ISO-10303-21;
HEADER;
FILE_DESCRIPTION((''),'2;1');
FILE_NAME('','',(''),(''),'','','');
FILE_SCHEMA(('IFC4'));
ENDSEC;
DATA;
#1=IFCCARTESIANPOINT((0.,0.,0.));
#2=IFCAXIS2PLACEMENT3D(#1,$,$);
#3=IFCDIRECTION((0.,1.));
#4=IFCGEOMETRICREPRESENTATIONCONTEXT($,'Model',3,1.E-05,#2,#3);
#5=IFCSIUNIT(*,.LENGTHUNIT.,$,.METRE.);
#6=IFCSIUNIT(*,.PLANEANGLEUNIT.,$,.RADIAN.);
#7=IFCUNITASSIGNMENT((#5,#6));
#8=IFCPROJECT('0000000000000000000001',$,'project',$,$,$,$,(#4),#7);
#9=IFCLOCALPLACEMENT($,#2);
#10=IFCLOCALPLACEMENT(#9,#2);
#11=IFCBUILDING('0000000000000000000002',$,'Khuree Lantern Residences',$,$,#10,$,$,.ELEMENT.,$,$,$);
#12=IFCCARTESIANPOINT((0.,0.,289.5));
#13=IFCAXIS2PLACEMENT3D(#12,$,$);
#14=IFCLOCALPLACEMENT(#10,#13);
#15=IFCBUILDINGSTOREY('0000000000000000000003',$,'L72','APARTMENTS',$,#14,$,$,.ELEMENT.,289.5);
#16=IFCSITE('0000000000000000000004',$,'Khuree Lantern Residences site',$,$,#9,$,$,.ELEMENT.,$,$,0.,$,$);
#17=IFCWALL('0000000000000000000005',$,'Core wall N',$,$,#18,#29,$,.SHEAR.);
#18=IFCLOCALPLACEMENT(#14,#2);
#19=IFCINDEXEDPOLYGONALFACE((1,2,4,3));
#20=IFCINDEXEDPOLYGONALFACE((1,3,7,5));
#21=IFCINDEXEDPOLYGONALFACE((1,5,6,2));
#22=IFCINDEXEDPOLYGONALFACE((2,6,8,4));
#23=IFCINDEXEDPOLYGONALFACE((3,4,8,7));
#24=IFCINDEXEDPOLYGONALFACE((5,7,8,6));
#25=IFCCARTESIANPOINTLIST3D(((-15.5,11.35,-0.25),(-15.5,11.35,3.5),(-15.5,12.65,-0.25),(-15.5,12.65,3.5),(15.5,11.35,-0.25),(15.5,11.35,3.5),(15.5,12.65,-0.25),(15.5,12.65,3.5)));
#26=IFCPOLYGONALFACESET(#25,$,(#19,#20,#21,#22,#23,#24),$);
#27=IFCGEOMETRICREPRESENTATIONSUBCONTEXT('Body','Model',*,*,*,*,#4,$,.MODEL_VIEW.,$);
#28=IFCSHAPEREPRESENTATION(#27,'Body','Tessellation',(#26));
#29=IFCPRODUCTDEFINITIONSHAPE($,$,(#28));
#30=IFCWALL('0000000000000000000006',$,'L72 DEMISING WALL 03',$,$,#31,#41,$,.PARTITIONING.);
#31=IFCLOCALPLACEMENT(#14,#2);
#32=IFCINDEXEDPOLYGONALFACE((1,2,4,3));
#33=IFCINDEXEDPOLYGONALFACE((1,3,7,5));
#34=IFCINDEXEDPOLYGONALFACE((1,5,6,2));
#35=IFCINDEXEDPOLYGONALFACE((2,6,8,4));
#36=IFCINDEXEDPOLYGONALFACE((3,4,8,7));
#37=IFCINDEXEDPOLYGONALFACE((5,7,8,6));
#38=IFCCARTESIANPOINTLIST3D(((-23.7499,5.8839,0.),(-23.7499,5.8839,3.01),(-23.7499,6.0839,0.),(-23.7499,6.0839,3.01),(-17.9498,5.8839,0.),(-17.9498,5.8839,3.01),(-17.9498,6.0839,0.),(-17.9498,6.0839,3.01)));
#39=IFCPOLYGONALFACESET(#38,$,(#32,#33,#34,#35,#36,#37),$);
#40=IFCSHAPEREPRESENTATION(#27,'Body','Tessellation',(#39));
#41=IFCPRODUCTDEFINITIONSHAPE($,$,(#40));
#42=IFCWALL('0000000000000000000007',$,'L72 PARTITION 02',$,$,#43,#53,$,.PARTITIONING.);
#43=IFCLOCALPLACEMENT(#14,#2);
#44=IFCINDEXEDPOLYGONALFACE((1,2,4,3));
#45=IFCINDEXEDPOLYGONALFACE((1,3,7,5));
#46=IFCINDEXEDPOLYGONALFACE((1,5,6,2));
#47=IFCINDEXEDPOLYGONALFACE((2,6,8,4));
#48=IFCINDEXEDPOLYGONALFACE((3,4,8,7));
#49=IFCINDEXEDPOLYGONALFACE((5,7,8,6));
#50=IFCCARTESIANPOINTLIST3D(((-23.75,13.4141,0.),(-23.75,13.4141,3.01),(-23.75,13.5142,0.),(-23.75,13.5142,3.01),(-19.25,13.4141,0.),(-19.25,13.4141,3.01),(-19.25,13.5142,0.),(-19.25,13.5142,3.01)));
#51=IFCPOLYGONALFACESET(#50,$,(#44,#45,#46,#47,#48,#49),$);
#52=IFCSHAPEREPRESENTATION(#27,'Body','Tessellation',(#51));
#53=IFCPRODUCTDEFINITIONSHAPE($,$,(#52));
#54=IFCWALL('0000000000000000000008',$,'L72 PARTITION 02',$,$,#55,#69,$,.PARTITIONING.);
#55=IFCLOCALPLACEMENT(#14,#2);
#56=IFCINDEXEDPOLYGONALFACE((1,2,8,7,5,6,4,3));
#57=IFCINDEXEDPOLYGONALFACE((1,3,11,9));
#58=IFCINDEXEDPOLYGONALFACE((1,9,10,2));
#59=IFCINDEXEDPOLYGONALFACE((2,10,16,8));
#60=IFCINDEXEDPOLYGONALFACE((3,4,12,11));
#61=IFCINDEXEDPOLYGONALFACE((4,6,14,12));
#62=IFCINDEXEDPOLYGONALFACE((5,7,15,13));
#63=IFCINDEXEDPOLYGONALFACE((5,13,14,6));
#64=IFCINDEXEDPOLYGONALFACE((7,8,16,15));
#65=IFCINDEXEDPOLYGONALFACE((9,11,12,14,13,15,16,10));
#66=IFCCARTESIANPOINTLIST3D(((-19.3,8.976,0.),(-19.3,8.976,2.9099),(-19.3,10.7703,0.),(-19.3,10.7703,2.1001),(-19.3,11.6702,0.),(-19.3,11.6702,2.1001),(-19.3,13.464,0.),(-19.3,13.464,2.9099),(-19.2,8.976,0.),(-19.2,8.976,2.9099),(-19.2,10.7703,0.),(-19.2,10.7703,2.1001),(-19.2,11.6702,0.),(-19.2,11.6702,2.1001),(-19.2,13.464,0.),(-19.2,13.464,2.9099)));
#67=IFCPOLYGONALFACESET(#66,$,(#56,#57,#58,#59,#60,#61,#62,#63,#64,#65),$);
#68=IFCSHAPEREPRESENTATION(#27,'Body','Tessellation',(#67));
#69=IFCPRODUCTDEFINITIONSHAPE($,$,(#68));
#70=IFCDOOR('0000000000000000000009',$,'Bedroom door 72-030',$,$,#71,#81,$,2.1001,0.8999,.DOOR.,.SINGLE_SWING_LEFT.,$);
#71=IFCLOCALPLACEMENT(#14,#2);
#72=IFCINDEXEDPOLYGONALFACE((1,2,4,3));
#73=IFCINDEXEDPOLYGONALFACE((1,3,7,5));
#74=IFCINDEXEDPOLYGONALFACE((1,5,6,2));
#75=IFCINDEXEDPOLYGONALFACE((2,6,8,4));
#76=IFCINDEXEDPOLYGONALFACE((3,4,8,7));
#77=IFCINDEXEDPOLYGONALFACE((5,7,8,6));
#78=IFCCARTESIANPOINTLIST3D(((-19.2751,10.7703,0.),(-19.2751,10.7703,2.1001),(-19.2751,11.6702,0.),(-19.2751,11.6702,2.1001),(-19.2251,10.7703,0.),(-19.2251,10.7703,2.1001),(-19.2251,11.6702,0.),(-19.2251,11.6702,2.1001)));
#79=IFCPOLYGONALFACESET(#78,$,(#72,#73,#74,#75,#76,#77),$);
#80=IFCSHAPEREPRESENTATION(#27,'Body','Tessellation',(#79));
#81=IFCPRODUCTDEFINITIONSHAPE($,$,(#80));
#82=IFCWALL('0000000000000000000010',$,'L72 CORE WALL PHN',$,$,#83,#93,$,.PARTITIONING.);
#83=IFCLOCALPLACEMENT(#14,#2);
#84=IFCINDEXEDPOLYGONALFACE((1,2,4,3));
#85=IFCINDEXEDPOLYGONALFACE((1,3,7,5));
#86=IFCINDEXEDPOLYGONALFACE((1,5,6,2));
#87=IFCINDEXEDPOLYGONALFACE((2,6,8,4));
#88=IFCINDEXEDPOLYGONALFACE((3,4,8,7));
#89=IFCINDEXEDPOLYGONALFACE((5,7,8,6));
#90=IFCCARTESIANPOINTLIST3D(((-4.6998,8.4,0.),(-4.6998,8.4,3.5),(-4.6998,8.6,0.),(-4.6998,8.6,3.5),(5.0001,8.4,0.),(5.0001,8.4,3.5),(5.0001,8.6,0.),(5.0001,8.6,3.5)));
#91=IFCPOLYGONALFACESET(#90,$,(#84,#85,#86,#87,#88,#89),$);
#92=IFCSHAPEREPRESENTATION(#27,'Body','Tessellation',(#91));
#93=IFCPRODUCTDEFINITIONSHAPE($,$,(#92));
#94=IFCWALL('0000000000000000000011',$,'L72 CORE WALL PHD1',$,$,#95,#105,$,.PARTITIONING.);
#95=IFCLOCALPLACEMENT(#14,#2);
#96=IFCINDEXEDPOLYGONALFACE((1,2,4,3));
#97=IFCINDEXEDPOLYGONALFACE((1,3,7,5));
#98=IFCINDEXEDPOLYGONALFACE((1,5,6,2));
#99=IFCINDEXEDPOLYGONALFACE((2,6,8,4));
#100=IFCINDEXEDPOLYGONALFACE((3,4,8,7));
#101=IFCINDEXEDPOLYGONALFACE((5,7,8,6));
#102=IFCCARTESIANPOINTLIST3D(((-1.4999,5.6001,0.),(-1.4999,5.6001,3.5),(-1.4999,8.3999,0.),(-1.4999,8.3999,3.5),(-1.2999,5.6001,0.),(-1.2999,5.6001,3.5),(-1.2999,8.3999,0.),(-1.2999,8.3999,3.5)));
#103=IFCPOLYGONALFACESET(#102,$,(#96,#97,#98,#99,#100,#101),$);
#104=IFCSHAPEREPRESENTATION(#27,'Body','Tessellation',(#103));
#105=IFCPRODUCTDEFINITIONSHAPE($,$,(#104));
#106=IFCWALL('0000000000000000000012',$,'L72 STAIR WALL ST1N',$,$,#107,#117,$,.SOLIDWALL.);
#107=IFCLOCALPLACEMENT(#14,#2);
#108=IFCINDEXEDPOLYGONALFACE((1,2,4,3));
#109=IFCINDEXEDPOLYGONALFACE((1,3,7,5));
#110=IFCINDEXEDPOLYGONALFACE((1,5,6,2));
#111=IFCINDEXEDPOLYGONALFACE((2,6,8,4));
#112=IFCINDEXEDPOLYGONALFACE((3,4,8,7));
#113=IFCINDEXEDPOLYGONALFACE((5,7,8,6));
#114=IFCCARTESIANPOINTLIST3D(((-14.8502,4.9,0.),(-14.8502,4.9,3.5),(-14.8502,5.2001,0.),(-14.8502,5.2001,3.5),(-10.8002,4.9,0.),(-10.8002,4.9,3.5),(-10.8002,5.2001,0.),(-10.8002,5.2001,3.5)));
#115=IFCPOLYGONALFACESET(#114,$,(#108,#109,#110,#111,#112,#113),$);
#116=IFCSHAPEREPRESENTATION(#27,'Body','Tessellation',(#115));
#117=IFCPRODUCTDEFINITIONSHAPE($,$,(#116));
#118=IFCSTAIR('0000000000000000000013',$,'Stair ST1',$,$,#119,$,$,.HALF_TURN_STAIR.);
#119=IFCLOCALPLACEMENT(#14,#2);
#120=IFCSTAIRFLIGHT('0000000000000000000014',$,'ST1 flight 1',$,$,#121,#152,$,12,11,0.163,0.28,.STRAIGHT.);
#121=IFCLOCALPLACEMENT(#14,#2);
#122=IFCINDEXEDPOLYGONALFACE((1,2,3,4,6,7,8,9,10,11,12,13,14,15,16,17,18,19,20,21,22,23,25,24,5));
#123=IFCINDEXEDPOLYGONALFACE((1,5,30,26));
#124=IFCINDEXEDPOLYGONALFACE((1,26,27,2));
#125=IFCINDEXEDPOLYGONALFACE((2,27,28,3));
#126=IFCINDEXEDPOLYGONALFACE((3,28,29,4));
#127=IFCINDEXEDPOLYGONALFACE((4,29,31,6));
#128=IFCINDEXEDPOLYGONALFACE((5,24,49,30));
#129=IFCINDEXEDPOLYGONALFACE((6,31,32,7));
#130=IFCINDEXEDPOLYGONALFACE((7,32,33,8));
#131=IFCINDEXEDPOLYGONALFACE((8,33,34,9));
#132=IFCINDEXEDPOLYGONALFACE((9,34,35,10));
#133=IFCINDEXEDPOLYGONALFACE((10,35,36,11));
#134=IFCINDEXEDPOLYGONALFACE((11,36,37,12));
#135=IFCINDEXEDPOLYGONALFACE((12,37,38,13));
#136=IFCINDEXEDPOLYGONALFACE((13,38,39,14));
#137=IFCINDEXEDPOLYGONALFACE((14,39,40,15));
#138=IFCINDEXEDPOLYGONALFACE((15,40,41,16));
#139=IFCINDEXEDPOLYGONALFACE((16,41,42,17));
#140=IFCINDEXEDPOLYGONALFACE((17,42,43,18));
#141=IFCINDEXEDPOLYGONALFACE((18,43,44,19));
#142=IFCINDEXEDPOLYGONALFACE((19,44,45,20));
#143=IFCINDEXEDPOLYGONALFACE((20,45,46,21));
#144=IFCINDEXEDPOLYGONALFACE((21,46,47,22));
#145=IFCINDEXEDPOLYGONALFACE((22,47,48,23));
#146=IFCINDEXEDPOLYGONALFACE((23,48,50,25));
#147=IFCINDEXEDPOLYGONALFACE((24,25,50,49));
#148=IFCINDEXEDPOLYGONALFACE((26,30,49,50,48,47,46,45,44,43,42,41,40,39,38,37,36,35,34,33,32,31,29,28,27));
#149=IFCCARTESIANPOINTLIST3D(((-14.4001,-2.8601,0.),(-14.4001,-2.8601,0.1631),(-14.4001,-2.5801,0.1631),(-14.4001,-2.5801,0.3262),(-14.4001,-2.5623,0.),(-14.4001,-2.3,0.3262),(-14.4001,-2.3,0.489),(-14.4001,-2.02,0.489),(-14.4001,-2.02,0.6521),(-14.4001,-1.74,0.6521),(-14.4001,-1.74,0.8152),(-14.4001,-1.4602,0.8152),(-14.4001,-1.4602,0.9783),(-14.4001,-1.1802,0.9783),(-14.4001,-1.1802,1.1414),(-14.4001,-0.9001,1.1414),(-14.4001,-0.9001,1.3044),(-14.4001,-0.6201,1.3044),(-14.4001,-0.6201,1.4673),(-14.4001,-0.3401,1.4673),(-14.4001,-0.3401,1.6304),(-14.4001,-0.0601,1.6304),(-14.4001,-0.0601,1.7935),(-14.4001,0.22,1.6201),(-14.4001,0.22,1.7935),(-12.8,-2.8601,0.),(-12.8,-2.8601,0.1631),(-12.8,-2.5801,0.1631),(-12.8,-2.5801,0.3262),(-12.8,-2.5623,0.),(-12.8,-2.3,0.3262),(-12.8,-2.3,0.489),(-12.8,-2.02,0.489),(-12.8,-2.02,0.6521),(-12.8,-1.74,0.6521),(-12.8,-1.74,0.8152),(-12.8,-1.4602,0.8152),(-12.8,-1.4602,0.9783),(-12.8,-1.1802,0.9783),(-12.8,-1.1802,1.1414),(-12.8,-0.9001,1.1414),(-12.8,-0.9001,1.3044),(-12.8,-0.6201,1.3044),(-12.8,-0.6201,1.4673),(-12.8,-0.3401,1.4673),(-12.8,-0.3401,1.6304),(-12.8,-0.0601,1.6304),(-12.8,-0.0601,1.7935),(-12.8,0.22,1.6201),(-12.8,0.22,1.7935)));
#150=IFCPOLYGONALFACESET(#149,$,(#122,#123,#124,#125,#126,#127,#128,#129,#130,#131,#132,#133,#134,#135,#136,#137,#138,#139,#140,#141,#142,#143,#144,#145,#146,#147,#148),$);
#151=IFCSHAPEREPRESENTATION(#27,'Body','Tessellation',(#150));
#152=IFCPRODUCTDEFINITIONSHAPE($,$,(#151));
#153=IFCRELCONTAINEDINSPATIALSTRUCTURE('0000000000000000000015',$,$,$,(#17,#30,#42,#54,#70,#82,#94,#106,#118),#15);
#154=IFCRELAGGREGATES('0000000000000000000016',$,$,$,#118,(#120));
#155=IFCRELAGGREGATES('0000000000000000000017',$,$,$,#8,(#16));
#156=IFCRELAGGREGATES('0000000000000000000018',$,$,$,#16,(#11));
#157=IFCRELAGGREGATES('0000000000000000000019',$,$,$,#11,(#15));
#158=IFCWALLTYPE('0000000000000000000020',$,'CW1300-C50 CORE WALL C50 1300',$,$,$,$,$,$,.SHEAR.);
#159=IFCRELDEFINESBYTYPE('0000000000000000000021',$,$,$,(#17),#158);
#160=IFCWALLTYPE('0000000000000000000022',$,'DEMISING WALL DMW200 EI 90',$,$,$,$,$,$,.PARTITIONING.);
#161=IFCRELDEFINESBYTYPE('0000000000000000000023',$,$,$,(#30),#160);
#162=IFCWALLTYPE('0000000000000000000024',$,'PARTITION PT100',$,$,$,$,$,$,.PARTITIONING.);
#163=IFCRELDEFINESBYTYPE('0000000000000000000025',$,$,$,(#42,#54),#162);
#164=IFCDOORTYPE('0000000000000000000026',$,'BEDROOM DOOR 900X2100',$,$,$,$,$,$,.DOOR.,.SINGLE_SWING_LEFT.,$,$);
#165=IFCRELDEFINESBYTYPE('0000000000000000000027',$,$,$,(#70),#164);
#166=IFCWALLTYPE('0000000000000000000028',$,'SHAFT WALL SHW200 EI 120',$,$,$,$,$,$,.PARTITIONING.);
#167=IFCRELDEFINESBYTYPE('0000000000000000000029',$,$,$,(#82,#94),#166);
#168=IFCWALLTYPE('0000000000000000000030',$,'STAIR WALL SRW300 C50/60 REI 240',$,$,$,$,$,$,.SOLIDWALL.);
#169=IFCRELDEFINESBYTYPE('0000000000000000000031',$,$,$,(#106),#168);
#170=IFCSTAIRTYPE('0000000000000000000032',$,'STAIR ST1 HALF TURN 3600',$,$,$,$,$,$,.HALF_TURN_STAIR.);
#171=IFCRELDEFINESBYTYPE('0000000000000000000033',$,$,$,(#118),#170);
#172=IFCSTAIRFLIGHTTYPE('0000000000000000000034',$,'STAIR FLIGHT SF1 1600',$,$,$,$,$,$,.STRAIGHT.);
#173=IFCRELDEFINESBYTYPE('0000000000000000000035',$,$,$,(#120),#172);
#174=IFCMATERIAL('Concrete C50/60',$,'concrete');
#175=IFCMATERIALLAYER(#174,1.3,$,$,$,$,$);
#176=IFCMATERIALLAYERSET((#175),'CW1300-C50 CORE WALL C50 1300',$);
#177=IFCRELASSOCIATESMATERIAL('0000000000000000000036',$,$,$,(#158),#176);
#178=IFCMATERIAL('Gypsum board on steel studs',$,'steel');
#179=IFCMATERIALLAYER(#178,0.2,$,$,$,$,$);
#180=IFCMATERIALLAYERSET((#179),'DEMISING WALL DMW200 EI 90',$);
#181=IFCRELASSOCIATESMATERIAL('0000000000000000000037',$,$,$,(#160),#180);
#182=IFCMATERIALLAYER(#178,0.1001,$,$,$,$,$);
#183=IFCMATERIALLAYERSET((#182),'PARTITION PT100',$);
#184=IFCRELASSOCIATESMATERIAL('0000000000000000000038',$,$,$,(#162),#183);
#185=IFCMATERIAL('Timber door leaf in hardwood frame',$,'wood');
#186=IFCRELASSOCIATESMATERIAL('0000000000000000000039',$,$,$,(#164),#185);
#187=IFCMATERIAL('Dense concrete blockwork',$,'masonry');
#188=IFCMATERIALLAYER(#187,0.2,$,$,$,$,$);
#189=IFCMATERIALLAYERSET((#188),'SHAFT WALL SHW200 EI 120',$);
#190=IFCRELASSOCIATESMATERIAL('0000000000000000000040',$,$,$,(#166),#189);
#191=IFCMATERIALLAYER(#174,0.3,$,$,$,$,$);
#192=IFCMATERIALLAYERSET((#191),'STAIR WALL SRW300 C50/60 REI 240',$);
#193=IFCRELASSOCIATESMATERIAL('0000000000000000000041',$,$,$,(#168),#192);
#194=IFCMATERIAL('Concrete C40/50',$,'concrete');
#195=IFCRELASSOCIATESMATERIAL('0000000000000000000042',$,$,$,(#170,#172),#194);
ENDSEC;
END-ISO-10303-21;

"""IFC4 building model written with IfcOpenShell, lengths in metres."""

from ifc_helpers import new_model, si_unit, direction, frame, frame_2d, origin, place, context, subcontext, project, spatial, polyline, rectangle, outline, extrude, material, layer, layer_set, type_object, element, fill, aggregate, save


model = new_model("IFC4")

# Units and contexts
model_context = context("Model", 3, precision=1e-05, world=origin(), true_north=direction((0.0, 1.0)))
body_context = subcontext(model_context, "Body", "Model", "MODEL_VIEW")
ifc_project = project(units=[si_unit("LENGTHUNIT", "METRE"), si_unit("PLANEANGLEUNIT", "RADIAN")], contexts=[model_context])

# Site, building, storey
site_placement = place(None, origin())
site = spatial("IfcSite", under=ifc_project, at=site_placement, Name="Khuree Lantern Residences site", CompositionType="ELEMENT", RefElevation=0.0)
building_placement = place(site_placement, origin())
building = spatial("IfcBuilding", under=site, at=building_placement, Name="Khuree Lantern Residences", CompositionType="ELEMENT")
storey_placement = place(building_placement, frame((0.0, 0.0, 289.5)))
storey = spatial("IfcBuildingStorey", under=building, at=storey_placement, Name="L72", Description="APARTMENTS", CompositionType="ELEMENT", Elevation=289.5)

# Shared definitions
ifc_material_1 = material(Name="Concrete C50/60", Category="concrete")

# Shared definitions
ifc_material_2 = material(Name="Dense concrete blockwork", Category="masonry")

# Shared definitions
ifc_material_3 = material(Name="Timber door leaf in hardwood frame", Category="wood")

# Shared definitions
ifc_material_4 = material(Name="Gypsum board on steel studs", Category="steel")

# Walls
ifc_layer_1 = layer(ifc_material_1, 1.3)
ifc_layer_set_1 = layer_set([ifc_layer_1], Name="CW1300-C50 CORE WALL C50 1300")
wall_type_1 = type_object("IfcWallType", Name="CW1300-C50 CORE WALL C50 1300", PredefinedType="SHEAR", material=ifc_layer_set_1)
wall_1_placement = place(storey_placement, frame((-15.5, 12.0, -0.25), z_axis=(0.0, 0.0, 1.0), x_axis=(1.0, 0.0, 0.0)))
element("IfcWall", 1, at=wall_1_placement, inside=storey, type_object=wall_type_1, Name="Core wall N", PredefinedType="SHEAR", context=body_context, shape_type="SweptSolid", body=[
    extrude(rectangle(XDim=31.0, YDim=1.3, at=frame_2d((15.5, 0.0))), origin(), (0.0, 0.0, 1.0), 3.75),
])
ifc_layer_2 = layer(ifc_material_4, 0.2)
ifc_layer_set_2 = layer_set([ifc_layer_2], Name="DEMISING WALL DMW200 EI 90")
wall_type_2 = type_object("IfcWallType", Name="DEMISING WALL DMW200 EI 90", PredefinedType="PARTITIONING", material=ifc_layer_set_2)
wall_2_placement = place(storey_placement, frame((-17.95, 5.9839, 0.0), z_axis=(0.0, 0.0, 1.0), x_axis=(-1.0, 0.0, 0.0)))
element("IfcWall", 2, at=wall_2_placement, inside=storey, type_object=wall_type_2, Name="L72 DEMISING WALL 03", PredefinedType="PARTITIONING", context=body_context, shape_type="SweptSolid", body=[
    extrude(rectangle(XDim=5.8, YDim=0.2, at=frame_2d((2.8999, 0.0))), origin(), (0.0, 0.0, 1.0), 3.01),
])
ifc_layer_3 = layer(ifc_material_4, 0.1001)
ifc_layer_set_3 = layer_set([ifc_layer_3], Name="PARTITION PT100")
wall_type_3 = type_object("IfcWallType", Name="PARTITION PT100", PredefinedType="PARTITIONING", material=ifc_layer_set_3)
wall_3_placement = place(storey_placement, frame((-19.25, 13.4641, 0.0), z_axis=(0.0, 0.0, 1.0), x_axis=(-1.0, 0.0, 0.0)))
element("IfcWall", 3, at=wall_3_placement, inside=storey, type_object=wall_type_3, Name="L72 PARTITION 02", PredefinedType="PARTITIONING", context=body_context, shape_type="SweptSolid", body=[
    extrude(rectangle(XDim=4.5, YDim=0.1001, at=frame_2d((2.25, 0.0))), origin(), (0.0, 0.0, 1.0), 3.01),
])

# Wall, opening, door
wall_4_placement = place(storey_placement, frame((-19.25, 13.4641, 0.0), z_axis=(0.0, 0.0, 1.0), x_axis=(0.0, -1.0, 0.0)))
wall_4 = element("IfcWall", 4, at=wall_4_placement, inside=storey, type_object=wall_type_3, Name="L72 PARTITION 02", PredefinedType="PARTITIONING", context=body_context, shape_type="SweptSolid", body=[
    extrude(rectangle(XDim=4.488, YDim=0.1001, at=frame_2d((2.2441, 0.0))), origin(), (0.0, 0.0, 1.0), 2.9099),
])
opening_1_placement = place(wall_4_placement, frame((1.7939, 0.0, 0.0)))
opening_1 = element("IfcOpeningElement", 5, at=opening_1_placement, cuts=wall_4, PredefinedType="OPENING", context=body_context, shape_type="SweptSolid", body=[
    extrude(rectangle(XDim=0.8999, YDim=2.1001, at=frame_2d((0.45, 1.05))), frame((0.0, 0.0601, 0.0), z_axis=(0.0, -1.0, 0.0), x_axis=(1.0, 0.0, 0.0)), (0.0, 0.0, 1.0), 0.1201),
])
door_type_1 = type_object("IfcDoorType", Name="BEDROOM DOOR 900X2100", OperationType="SINGLE_SWING_LEFT", PredefinedType="DOOR", material=ifc_material_3)
door_1_placement = place(opening_1_placement, origin())
door_1 = element("IfcDoor", 6, at=door_1_placement, inside=storey, type_object=door_type_1, Name="Bedroom door 72-030", OperationType="SINGLE_SWING_LEFT", OverallHeight=2.1001, OverallWidth=0.8999, PredefinedType="DOOR", context=body_context, shape_type="SweptSolid", body=[
    extrude(rectangle(XDim=0.8999, YDim=2.1001, at=frame_2d((0.45, 1.05))), frame((0.0, 0.0249, 0.0), z_axis=(0.0, -1.0, 0.0), x_axis=(1.0, 0.0, 0.0)), (0.0, 0.0, 1.0), 0.05),
])
fill(opening_1, door_1)

# Walls
ifc_layer_4 = layer(ifc_material_2, 0.2)
ifc_layer_set_4 = layer_set([ifc_layer_4], Name="SHAFT WALL SHW200 EI 120")
wall_type_4 = type_object("IfcWallType", Name="SHAFT WALL SHW200 EI 120", PredefinedType="PARTITIONING", material=ifc_layer_set_4)
wall_5_placement = place(storey_placement, frame((-4.7, 8.5, 0.0), z_axis=(0.0, 0.0, 1.0), x_axis=(1.0, 0.0, 0.0)))
element("IfcWall", 7, at=wall_5_placement, inside=storey, type_object=wall_type_4, Name="L72 CORE WALL PHN", PredefinedType="PARTITIONING", context=body_context, shape_type="SweptSolid", body=[
    extrude(rectangle(XDim=9.7, YDim=0.2, at=frame_2d((4.8501, 0.0))), origin(), (0.0, 0.0, 1.0), 3.5),
])
wall_6_placement = place(storey_placement, frame((-1.3999, 5.6001, 0.0), z_axis=(0.0, 0.0, 1.0), x_axis=(0.0, 1.0, 0.0)))
element("IfcWall", 8, at=wall_6_placement, inside=storey, type_object=wall_type_4, Name="L72 CORE WALL PHD1", PredefinedType="PARTITIONING", context=body_context, shape_type="SweptSolid", body=[
    extrude(rectangle(XDim=2.7998, YDim=0.2, at=frame_2d((1.3999, 0.0))), origin(), (0.0, 0.0, 1.0), 3.5),
])
ifc_layer_5 = layer(ifc_material_1, 0.3)
ifc_layer_set_5 = layer_set([ifc_layer_5], Name="STAIR WALL SRW300 C50/60 REI 240")
wall_type_5 = type_object("IfcWallType", Name="STAIR WALL SRW300 C50/60 REI 240", PredefinedType="SOLIDWALL", material=ifc_layer_set_5)
wall_7_placement = place(storey_placement, frame((-14.8501, 5.05, 0.0), z_axis=(0.0, 0.0, 1.0), x_axis=(1.0, 0.0, 0.0)))
element("IfcWall", 9, at=wall_7_placement, inside=storey, type_object=wall_type_5, Name="L72 STAIR WALL ST1N", PredefinedType="SOLIDWALL", context=body_context, shape_type="SweptSolid", body=[
    extrude(rectangle(XDim=4.05, YDim=0.3, at=frame_2d((2.0249, 0.0))), origin(), (0.0, 0.0, 1.0), 3.5),
])

# Stair, stair flight
ifc_material_5 = material(Name="Concrete C40/50", Category="concrete")
stair_type = type_object("IfcStairType", Name="STAIR ST1 HALF TURN 3600", PredefinedType="HALF_TURN_STAIR", material=ifc_material_5)
stair_placement = place(storey_placement, origin())
stair = element("IfcStair", 10, at=stair_placement, inside=storey, type_object=stair_type, Name="Stair ST1", PredefinedType="HALF_TURN_STAIR")
stair_flight_type = type_object("IfcStairFlightType", Name="STAIR FLIGHT SF1 1600", PredefinedType="STRAIGHT", material=ifc_material_5)
stair_flight_1_placement = place(storey_placement, frame((-13.6001, -2.8601, 0.0), z_axis=(0.0, 0.0, 1.0), x_axis=(0.0, 1.0, 0.0)))
stair_flight_1 = element("IfcStairFlight", 11, at=stair_flight_1_placement, type_object=stair_flight_type, Name="ST1 flight 1", NumberOfRisers=12, NumberOfTreads=11, PredefinedType="STRAIGHT", RiserHeight=0.163, TreadLength=0.28, context=body_context, shape_type="SweptSolid", body=[
    extrude(outline(polyline([(0.0, 0.0), (0.0, 0.1631), (0.28, 0.1631), (0.28, 0.3262), (0.5601, 0.3262), (0.5601, 0.489), (0.8401, 0.489), (0.8401, 0.6521), (1.1201, 0.6521), (1.1201, 0.8152), (1.3999, 0.8152), (1.3999, 0.9783), (1.6799, 0.9783), (1.6799, 1.1414), (1.96, 1.1414), (1.96, 1.3044), (2.24, 1.3044), (2.24, 1.4673), (2.52, 1.4673), (2.52, 1.6304), (2.8, 1.6304), (2.8, 1.7935), (3.0801, 1.7935), (3.0801, 1.9565), (3.0801, 1.6201), (0.2979, 0.0), (0.0, 0.0)])), frame((0.0, 0.8, 0.0), z_axis=(0.0, -1.0, 0.0), x_axis=(1.0, 0.0, 0.0)), (0.0, 0.0, 1.0), 1.6001),
])
aggregate(stair, [stair_flight_1])

save(model, "model.ifc")
